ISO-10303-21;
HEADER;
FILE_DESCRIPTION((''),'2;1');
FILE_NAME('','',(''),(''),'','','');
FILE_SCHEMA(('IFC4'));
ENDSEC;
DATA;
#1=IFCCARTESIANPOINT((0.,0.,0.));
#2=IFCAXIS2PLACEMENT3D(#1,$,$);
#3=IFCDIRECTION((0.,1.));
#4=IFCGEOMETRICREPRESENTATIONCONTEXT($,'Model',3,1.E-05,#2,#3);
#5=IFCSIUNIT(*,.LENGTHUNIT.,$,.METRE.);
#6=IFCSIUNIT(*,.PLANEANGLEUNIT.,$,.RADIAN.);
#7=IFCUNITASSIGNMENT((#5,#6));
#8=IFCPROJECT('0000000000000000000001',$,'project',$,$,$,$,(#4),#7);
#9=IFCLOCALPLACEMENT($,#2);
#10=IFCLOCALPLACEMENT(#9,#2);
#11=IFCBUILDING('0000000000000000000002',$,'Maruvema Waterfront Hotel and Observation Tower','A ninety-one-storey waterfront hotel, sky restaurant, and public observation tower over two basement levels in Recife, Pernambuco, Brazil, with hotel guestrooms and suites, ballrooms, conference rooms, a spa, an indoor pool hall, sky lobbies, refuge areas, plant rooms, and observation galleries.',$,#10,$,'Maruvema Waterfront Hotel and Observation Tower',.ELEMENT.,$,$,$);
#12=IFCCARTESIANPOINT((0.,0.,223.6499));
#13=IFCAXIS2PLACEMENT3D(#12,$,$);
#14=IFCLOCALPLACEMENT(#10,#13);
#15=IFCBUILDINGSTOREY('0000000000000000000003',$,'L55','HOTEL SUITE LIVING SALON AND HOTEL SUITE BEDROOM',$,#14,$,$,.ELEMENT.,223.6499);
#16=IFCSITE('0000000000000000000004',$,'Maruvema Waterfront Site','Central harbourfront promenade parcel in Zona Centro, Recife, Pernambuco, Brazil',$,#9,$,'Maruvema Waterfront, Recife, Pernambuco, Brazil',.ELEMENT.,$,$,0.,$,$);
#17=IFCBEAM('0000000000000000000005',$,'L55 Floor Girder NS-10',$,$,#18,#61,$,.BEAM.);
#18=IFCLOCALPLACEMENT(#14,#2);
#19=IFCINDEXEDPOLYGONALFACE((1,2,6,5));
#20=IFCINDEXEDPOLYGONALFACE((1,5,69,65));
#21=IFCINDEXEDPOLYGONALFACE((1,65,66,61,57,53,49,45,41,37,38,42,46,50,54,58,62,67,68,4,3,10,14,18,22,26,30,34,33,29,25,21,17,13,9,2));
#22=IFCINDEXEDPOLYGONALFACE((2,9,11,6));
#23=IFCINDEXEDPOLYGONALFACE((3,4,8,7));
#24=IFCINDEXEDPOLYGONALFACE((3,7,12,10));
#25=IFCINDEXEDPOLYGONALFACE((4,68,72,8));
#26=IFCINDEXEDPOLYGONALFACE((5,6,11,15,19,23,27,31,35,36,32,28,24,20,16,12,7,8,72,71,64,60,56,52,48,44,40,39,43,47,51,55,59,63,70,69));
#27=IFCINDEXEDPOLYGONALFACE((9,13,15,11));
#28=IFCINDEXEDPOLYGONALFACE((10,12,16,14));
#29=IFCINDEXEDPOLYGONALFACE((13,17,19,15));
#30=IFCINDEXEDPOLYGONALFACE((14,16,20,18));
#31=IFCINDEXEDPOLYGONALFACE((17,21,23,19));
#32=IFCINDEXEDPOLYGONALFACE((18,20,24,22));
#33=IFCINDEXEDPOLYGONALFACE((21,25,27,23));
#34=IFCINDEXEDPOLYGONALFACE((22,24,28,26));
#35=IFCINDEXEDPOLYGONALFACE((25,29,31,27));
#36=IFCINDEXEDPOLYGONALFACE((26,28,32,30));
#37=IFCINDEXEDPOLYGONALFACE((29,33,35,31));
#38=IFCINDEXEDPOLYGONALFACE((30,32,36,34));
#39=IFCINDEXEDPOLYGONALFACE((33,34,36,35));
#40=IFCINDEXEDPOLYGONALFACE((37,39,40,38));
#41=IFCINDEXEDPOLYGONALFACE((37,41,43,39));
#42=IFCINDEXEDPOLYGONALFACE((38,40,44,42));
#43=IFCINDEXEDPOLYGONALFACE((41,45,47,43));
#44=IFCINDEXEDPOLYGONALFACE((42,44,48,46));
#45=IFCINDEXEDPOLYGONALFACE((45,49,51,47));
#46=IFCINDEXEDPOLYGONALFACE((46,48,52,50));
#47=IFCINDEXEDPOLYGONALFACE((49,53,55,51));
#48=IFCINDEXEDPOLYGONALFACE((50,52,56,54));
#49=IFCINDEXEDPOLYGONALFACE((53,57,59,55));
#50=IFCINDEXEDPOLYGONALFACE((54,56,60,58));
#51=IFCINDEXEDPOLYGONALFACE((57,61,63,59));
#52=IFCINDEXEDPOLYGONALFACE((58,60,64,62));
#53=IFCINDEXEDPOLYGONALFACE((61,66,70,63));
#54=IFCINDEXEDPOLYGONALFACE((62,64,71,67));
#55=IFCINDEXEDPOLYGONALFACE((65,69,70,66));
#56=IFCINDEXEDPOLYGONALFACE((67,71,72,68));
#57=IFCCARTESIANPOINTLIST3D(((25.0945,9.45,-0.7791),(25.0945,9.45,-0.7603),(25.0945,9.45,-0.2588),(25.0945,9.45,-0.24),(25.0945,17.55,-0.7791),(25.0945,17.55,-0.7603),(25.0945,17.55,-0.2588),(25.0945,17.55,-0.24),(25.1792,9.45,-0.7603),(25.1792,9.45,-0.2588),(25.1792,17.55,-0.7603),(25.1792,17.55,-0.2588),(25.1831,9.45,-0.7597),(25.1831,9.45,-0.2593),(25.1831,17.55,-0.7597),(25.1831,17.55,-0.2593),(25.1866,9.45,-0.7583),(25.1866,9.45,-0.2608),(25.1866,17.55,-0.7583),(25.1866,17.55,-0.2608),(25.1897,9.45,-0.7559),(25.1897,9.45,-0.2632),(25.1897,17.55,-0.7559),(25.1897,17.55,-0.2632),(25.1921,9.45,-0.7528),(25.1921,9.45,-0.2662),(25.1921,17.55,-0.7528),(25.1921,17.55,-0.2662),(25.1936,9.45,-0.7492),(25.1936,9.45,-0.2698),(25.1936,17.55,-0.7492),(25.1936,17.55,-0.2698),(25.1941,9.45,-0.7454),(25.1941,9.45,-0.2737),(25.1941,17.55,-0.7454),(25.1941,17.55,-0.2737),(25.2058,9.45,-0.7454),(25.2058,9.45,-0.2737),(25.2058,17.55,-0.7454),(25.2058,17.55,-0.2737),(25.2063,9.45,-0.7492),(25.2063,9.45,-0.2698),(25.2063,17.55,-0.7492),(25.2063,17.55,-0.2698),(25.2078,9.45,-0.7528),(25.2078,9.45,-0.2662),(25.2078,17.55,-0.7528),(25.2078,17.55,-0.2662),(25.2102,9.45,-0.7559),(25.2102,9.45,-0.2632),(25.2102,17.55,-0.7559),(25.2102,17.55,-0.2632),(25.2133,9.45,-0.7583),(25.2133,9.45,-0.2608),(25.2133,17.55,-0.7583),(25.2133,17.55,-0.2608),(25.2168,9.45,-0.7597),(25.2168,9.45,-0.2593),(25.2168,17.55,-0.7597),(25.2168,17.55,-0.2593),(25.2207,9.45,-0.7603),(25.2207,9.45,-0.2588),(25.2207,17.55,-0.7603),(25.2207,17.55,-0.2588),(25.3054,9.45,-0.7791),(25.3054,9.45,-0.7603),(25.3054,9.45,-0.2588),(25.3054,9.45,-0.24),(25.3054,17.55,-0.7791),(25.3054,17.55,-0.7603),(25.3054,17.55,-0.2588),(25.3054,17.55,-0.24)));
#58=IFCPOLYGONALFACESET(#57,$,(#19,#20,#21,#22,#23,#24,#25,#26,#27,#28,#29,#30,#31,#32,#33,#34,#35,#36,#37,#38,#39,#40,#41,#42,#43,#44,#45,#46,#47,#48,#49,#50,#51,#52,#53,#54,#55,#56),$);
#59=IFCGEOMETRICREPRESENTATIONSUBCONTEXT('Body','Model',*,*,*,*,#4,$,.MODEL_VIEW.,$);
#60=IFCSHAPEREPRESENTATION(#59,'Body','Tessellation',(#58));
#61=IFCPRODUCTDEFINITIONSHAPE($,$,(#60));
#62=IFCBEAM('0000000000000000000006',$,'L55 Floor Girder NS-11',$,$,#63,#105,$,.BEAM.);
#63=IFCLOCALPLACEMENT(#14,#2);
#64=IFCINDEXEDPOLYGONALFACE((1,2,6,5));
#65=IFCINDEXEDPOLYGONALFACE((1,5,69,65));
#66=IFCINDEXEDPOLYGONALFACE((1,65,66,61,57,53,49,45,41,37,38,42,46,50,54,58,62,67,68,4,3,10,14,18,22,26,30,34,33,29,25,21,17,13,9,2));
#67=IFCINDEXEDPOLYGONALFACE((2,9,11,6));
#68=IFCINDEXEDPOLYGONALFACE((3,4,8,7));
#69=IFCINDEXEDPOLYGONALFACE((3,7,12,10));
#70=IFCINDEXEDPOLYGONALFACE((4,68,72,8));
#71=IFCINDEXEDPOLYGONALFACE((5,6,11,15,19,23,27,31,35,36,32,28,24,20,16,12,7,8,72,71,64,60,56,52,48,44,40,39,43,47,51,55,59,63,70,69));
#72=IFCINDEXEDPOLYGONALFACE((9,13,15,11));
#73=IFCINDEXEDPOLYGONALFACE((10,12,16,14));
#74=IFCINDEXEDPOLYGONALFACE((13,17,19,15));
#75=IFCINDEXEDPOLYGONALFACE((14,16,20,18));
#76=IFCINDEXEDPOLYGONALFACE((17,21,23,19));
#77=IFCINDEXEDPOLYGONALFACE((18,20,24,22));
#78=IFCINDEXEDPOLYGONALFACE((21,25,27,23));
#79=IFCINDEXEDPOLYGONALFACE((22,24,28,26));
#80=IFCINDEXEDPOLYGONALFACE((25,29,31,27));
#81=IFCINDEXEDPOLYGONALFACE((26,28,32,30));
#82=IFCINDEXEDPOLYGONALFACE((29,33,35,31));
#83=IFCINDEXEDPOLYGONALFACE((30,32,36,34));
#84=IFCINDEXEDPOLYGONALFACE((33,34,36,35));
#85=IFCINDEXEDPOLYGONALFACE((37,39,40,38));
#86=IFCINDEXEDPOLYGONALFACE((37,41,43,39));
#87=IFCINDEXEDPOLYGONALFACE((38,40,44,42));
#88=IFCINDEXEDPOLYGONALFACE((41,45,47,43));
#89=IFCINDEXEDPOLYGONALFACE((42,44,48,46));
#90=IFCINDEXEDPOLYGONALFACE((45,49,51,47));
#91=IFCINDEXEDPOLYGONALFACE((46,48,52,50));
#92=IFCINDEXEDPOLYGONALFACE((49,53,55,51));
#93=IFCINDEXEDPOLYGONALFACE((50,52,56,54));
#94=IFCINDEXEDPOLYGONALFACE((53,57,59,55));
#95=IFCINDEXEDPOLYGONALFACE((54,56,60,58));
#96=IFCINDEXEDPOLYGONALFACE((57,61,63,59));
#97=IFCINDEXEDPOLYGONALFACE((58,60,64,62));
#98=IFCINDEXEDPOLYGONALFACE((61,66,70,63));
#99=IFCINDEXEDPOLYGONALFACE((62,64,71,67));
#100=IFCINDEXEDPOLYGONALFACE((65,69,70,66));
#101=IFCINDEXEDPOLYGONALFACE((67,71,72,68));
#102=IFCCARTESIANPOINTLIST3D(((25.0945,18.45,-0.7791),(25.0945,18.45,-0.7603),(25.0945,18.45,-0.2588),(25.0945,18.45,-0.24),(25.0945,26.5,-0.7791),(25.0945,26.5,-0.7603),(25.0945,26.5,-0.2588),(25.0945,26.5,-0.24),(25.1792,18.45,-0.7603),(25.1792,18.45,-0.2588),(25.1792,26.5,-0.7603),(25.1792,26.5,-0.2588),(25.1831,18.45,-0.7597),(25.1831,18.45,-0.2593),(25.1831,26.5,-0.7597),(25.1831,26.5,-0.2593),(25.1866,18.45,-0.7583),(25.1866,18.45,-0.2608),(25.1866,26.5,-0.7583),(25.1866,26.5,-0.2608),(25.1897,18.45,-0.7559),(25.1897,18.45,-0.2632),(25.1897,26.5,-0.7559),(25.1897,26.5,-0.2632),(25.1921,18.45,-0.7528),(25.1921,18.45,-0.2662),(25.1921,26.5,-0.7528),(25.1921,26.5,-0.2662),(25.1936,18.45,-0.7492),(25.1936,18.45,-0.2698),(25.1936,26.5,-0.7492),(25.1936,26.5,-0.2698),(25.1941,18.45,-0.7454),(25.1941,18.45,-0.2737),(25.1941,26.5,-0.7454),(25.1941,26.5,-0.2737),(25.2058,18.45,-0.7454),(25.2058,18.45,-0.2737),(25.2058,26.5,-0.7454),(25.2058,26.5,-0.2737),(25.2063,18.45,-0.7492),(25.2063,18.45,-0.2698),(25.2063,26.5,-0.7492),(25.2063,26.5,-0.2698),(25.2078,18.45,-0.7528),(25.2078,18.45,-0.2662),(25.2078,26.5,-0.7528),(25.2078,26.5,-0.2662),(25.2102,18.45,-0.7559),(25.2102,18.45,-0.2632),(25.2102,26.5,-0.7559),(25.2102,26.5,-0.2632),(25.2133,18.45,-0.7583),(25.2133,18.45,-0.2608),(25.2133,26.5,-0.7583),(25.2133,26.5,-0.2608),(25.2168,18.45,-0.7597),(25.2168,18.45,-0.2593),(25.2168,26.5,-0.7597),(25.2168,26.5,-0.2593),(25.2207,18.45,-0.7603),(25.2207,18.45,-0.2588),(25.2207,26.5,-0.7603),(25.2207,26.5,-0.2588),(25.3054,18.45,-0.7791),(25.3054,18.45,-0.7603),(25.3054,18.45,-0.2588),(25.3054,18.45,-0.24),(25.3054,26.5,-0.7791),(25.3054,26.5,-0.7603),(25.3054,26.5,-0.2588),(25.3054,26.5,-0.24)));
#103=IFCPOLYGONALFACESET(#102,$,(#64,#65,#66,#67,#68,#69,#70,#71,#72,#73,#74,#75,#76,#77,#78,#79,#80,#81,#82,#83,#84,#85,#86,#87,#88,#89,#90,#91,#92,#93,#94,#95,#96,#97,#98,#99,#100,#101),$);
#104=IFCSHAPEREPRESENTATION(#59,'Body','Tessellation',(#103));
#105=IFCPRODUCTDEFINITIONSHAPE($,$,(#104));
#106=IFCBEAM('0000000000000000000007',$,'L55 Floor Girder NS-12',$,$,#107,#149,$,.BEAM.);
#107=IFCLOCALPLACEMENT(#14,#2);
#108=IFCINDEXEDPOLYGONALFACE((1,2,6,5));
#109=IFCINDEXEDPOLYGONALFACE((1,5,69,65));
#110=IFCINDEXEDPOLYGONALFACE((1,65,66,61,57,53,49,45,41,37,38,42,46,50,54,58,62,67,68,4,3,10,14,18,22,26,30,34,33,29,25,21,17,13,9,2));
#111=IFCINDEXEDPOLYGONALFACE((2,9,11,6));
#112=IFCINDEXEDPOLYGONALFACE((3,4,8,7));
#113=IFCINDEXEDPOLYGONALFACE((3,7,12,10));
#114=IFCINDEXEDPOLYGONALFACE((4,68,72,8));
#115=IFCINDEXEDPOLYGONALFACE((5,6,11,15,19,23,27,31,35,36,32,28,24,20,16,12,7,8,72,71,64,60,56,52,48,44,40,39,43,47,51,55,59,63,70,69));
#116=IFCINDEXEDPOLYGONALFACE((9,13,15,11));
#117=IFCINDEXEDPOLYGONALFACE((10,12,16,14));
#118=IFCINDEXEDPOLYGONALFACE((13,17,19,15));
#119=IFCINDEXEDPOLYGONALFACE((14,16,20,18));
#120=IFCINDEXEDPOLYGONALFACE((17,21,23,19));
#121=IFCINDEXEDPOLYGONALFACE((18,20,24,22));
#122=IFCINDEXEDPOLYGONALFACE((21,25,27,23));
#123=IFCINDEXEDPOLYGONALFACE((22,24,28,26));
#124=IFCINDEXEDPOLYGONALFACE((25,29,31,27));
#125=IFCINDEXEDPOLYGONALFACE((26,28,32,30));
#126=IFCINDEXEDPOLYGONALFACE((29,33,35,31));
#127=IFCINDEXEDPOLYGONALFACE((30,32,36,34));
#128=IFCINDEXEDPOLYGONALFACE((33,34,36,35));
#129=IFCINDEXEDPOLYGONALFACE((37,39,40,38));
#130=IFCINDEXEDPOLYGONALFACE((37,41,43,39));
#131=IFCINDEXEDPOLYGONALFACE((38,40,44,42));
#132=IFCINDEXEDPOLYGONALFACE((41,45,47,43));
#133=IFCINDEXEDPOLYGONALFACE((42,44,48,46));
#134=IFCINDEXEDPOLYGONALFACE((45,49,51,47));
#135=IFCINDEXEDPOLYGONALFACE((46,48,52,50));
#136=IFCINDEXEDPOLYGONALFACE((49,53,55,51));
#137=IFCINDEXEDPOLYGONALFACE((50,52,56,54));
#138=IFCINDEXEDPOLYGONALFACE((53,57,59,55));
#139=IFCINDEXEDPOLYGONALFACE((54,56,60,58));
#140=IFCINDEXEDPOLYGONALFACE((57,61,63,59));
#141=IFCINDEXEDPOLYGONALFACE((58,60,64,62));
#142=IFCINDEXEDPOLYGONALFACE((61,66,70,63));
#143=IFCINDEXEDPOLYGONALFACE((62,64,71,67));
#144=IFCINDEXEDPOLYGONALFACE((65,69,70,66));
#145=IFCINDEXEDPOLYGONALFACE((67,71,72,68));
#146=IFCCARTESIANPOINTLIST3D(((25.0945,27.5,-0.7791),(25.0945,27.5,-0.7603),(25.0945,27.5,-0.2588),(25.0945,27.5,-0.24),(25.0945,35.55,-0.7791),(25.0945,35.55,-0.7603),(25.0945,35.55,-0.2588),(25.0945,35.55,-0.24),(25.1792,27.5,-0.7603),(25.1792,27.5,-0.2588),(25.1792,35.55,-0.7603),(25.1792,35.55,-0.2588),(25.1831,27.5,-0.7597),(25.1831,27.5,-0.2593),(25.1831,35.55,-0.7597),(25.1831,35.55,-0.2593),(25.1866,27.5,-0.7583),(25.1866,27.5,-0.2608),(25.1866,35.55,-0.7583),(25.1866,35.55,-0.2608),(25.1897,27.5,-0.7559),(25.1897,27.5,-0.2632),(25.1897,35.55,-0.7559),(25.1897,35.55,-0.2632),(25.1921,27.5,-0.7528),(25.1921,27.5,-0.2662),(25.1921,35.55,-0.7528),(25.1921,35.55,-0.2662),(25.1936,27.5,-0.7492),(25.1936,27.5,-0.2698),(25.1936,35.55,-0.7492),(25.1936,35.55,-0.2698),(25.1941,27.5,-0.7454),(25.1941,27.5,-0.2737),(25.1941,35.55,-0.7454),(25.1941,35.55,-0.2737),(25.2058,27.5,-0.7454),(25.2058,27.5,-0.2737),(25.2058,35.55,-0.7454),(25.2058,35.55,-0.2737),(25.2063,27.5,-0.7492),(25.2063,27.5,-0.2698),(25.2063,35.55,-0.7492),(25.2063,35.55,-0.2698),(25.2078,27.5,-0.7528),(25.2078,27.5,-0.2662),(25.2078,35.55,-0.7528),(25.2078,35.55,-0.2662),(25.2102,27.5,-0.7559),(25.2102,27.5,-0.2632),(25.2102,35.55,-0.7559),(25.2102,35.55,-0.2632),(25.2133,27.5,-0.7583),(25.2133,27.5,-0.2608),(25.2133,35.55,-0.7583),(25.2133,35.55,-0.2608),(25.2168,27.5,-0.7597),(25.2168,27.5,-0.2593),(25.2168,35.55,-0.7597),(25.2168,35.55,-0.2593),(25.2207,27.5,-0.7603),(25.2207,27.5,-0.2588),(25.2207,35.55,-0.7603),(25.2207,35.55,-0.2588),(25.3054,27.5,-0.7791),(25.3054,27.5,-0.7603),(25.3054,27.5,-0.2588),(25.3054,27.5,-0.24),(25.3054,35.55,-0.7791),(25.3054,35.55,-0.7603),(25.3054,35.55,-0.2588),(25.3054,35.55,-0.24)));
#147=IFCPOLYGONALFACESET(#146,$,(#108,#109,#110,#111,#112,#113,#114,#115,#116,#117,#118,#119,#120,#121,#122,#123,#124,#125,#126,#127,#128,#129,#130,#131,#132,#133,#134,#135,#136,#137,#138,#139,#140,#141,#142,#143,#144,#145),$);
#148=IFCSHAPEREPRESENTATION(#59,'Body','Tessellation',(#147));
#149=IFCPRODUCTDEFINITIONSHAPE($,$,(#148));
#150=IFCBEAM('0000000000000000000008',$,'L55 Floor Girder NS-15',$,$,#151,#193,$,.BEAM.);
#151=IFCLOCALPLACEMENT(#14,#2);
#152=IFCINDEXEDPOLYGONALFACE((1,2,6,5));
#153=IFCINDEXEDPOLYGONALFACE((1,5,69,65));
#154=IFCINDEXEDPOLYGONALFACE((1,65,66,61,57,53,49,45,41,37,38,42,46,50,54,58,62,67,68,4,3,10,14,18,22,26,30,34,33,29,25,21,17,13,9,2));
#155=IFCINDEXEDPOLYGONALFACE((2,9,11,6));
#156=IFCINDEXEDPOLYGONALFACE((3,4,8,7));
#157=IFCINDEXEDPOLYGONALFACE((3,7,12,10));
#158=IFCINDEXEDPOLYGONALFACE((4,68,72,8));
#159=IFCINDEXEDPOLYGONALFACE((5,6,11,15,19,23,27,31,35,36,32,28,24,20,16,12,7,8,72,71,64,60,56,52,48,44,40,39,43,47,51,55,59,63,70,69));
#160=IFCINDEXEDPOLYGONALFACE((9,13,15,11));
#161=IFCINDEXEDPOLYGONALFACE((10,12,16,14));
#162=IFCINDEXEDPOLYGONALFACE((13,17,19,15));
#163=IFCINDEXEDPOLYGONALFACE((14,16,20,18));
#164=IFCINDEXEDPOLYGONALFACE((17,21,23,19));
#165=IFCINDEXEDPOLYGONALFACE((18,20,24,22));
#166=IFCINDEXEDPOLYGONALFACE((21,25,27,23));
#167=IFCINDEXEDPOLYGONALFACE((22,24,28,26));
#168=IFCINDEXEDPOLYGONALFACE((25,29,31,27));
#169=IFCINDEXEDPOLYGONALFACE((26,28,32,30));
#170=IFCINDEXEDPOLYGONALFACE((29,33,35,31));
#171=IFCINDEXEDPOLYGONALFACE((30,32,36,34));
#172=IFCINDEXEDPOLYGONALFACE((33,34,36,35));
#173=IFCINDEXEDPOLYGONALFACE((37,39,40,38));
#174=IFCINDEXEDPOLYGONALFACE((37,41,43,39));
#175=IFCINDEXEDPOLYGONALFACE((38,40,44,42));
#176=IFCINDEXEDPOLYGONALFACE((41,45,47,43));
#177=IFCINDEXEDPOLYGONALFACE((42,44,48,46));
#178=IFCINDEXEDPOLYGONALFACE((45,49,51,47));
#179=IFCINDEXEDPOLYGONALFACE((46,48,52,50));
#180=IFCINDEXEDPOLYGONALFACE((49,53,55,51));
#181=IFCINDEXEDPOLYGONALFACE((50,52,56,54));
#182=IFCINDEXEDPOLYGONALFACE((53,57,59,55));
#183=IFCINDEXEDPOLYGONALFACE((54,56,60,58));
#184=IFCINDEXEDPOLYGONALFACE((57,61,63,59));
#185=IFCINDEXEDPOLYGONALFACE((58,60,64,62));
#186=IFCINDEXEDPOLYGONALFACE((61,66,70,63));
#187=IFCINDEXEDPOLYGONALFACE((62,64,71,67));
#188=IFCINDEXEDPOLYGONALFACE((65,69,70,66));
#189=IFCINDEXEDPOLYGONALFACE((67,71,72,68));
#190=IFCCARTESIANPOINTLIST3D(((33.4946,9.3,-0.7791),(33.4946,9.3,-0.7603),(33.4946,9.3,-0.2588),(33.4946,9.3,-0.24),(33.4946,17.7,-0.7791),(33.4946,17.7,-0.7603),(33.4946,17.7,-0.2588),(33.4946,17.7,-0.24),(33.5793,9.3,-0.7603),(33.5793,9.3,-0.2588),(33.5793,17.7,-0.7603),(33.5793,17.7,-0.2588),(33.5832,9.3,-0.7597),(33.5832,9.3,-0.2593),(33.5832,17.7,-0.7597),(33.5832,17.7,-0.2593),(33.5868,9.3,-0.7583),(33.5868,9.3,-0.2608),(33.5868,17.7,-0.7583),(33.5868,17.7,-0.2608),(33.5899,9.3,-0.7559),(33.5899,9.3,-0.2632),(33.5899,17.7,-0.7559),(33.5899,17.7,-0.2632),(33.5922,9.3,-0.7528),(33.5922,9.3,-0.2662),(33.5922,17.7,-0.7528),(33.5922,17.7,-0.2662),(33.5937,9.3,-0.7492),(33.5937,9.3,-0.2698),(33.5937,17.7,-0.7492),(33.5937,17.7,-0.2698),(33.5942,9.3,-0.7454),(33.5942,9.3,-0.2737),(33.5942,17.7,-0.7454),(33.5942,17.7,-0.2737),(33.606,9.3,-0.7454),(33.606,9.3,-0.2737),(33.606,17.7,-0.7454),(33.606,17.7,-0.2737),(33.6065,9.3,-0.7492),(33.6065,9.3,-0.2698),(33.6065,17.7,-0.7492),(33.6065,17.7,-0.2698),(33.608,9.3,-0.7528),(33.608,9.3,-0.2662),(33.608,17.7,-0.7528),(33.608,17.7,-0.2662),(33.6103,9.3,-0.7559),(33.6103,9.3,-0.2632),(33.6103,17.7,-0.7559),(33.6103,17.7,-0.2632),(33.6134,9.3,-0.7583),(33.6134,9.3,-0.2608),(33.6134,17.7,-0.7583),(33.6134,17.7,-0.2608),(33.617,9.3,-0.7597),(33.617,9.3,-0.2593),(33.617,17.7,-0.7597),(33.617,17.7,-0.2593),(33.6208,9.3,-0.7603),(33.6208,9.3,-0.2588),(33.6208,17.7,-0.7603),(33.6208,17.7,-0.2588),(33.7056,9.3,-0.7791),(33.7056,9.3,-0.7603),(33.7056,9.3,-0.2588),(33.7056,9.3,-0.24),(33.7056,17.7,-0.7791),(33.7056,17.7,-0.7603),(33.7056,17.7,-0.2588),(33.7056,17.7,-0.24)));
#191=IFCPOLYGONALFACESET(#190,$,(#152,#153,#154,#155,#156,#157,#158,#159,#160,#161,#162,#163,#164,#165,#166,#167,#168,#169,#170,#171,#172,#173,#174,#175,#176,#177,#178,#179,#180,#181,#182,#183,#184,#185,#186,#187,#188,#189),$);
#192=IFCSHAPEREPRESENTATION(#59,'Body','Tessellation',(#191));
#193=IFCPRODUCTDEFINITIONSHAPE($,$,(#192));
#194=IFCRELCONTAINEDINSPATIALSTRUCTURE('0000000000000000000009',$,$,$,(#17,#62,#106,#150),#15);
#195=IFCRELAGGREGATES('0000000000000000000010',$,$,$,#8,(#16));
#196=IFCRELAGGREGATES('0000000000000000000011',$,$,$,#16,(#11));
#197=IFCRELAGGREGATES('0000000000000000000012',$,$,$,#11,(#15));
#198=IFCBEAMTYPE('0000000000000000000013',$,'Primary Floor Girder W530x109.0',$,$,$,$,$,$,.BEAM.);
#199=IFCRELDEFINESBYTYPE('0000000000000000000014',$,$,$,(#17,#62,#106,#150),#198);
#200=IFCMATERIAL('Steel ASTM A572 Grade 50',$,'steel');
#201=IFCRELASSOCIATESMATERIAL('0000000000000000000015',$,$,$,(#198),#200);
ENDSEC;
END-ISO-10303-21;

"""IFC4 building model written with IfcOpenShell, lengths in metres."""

from ifc_helpers import new_model, si_unit, direction, frame, origin, origin_2d, place, context, subcontext, project, spatial, i_section, extrude, material, material_profile, profile_set, type_object, element, save


model = new_model("IFC4")

# Units and contexts
model_context = context("Model", 3, precision=1e-05, world=origin(), true_north=direction((0.0, 1.0)))
body_context = subcontext(model_context, "Body", "Model", "MODEL_VIEW")
ifc_project = project(units=[si_unit("LENGTHUNIT", "METRE"), si_unit("PLANEANGLEUNIT", "RADIAN")], contexts=[model_context])

# Site, building, storey
site_placement = place(None, origin())
site = spatial("IfcSite", under=ifc_project, at=site_placement, Name="Maruvema Waterfront Site", Description="Central harbourfront promenade parcel in Zona Centro, Recife, Pernambuco, Brazil", LongName="Maruvema Waterfront, Recife, Pernambuco, Brazil", CompositionType="ELEMENT", RefElevation=0.0)
building_placement = place(site_placement, origin())
building = spatial("IfcBuilding", under=site, at=building_placement, Name="Maruvema Waterfront Hotel and Observation Tower", Description="A ninety-one-storey waterfront hotel, sky restaurant, and public observation tower over two basement levels in Recife, Pernambuco, Brazil, with hotel guestrooms and suites, ballrooms, conference rooms, a spa, an indoor pool hall, sky lobbies, refuge areas, plant rooms, and observation galleries.", LongName="Maruvema Waterfront Hotel and Observation Tower", CompositionType="ELEMENT")
storey_placement = place(building_placement, frame((0.0, 0.0, 223.6499)))
storey = spatial("IfcBuildingStorey", under=building, at=storey_placement, Name="L55", Description="HOTEL SUITE LIVING SALON AND HOTEL SUITE BEDROOM", CompositionType="ELEMENT", Elevation=223.6499)

# Beams
ifc_material_1 = material(Name="Steel ASTM A572 Grade 50", Category="steel")
ifc_material_profile_1 = material_profile(ifc_material_1, i_section(OverallWidth=0.2109, OverallDepth=0.5391, WebThickness=0.0117, FlangeThickness=0.0188, FilletRadius=0.0149, at=origin_2d()), Name="W530x109.0")
ifc_profile_set_1 = profile_set([ifc_material_profile_1], Name="Steel ASTM A572 Grade 50")
beam_type_1 = type_object("IfcBeamType", Name="Primary Floor Girder W530x109.0", PredefinedType="BEAM", material=ifc_profile_set_1)
beam_1_placement = place(storey_placement, frame((25.2, 9.45, -0.5095), z_axis=(0.0, 1.0, 0.0), x_axis=(-1.0, 0.0, 0.0)))
element("IfcBeam", 1, at=beam_1_placement, inside=storey, type_object=beam_type_1, Name="L55 Floor Girder NS-10", PredefinedType="BEAM", context=body_context, shape_type="SweptSolid", body=[
    extrude(i_section(OverallWidth=0.2109, OverallDepth=0.5391, WebThickness=0.0117, FlangeThickness=0.0188, FilletRadius=0.0149, at=origin_2d()), origin(), (0.0, 0.0, 1.0), 8.1001),
])
for number, where, z_axis, x_axis, name in (
    (2, (25.2, 18.45, -0.5095), (0.0, 1.0, 0.0), (-1.0, 0.0, 0.0), "L55 Floor Girder NS-11"),
    (3, (25.2, 27.5, -0.5095), (0.0, 1.0, 0.0), (-1.0, 0.0, 0.0), "L55 Floor Girder NS-12"),
):
    element("IfcBeam", number, at=place(storey_placement, frame(where, z_axis=z_axis, x_axis=x_axis)), inside=storey, type_object=beam_type_1, Name=name, PredefinedType="BEAM", context=body_context, shape_type="SweptSolid", body=[
        extrude(i_section(OverallWidth=0.2109, OverallDepth=0.5391, WebThickness=0.0117, FlangeThickness=0.0188, FilletRadius=0.0149, at=origin_2d()), origin(), (0.0, 0.0, 1.0), 8.05),
    ])
beam_2_placement = place(storey_placement, frame((33.6001, 9.3, -0.5095), z_axis=(0.0, 1.0, 0.0), x_axis=(-1.0, 0.0, 0.0)))
element("IfcBeam", 4, at=beam_2_placement, inside=storey, type_object=beam_type_1, Name="L55 Floor Girder NS-15", PredefinedType="BEAM", context=body_context, shape_type="SweptSolid", body=[
    extrude(i_section(OverallWidth=0.2109, OverallDepth=0.5391, WebThickness=0.0117, FlangeThickness=0.0188, FilletRadius=0.0149, at=origin_2d()), origin(), (0.0, 0.0, 1.0), 8.3999),
])

save(model, "model.ifc")
